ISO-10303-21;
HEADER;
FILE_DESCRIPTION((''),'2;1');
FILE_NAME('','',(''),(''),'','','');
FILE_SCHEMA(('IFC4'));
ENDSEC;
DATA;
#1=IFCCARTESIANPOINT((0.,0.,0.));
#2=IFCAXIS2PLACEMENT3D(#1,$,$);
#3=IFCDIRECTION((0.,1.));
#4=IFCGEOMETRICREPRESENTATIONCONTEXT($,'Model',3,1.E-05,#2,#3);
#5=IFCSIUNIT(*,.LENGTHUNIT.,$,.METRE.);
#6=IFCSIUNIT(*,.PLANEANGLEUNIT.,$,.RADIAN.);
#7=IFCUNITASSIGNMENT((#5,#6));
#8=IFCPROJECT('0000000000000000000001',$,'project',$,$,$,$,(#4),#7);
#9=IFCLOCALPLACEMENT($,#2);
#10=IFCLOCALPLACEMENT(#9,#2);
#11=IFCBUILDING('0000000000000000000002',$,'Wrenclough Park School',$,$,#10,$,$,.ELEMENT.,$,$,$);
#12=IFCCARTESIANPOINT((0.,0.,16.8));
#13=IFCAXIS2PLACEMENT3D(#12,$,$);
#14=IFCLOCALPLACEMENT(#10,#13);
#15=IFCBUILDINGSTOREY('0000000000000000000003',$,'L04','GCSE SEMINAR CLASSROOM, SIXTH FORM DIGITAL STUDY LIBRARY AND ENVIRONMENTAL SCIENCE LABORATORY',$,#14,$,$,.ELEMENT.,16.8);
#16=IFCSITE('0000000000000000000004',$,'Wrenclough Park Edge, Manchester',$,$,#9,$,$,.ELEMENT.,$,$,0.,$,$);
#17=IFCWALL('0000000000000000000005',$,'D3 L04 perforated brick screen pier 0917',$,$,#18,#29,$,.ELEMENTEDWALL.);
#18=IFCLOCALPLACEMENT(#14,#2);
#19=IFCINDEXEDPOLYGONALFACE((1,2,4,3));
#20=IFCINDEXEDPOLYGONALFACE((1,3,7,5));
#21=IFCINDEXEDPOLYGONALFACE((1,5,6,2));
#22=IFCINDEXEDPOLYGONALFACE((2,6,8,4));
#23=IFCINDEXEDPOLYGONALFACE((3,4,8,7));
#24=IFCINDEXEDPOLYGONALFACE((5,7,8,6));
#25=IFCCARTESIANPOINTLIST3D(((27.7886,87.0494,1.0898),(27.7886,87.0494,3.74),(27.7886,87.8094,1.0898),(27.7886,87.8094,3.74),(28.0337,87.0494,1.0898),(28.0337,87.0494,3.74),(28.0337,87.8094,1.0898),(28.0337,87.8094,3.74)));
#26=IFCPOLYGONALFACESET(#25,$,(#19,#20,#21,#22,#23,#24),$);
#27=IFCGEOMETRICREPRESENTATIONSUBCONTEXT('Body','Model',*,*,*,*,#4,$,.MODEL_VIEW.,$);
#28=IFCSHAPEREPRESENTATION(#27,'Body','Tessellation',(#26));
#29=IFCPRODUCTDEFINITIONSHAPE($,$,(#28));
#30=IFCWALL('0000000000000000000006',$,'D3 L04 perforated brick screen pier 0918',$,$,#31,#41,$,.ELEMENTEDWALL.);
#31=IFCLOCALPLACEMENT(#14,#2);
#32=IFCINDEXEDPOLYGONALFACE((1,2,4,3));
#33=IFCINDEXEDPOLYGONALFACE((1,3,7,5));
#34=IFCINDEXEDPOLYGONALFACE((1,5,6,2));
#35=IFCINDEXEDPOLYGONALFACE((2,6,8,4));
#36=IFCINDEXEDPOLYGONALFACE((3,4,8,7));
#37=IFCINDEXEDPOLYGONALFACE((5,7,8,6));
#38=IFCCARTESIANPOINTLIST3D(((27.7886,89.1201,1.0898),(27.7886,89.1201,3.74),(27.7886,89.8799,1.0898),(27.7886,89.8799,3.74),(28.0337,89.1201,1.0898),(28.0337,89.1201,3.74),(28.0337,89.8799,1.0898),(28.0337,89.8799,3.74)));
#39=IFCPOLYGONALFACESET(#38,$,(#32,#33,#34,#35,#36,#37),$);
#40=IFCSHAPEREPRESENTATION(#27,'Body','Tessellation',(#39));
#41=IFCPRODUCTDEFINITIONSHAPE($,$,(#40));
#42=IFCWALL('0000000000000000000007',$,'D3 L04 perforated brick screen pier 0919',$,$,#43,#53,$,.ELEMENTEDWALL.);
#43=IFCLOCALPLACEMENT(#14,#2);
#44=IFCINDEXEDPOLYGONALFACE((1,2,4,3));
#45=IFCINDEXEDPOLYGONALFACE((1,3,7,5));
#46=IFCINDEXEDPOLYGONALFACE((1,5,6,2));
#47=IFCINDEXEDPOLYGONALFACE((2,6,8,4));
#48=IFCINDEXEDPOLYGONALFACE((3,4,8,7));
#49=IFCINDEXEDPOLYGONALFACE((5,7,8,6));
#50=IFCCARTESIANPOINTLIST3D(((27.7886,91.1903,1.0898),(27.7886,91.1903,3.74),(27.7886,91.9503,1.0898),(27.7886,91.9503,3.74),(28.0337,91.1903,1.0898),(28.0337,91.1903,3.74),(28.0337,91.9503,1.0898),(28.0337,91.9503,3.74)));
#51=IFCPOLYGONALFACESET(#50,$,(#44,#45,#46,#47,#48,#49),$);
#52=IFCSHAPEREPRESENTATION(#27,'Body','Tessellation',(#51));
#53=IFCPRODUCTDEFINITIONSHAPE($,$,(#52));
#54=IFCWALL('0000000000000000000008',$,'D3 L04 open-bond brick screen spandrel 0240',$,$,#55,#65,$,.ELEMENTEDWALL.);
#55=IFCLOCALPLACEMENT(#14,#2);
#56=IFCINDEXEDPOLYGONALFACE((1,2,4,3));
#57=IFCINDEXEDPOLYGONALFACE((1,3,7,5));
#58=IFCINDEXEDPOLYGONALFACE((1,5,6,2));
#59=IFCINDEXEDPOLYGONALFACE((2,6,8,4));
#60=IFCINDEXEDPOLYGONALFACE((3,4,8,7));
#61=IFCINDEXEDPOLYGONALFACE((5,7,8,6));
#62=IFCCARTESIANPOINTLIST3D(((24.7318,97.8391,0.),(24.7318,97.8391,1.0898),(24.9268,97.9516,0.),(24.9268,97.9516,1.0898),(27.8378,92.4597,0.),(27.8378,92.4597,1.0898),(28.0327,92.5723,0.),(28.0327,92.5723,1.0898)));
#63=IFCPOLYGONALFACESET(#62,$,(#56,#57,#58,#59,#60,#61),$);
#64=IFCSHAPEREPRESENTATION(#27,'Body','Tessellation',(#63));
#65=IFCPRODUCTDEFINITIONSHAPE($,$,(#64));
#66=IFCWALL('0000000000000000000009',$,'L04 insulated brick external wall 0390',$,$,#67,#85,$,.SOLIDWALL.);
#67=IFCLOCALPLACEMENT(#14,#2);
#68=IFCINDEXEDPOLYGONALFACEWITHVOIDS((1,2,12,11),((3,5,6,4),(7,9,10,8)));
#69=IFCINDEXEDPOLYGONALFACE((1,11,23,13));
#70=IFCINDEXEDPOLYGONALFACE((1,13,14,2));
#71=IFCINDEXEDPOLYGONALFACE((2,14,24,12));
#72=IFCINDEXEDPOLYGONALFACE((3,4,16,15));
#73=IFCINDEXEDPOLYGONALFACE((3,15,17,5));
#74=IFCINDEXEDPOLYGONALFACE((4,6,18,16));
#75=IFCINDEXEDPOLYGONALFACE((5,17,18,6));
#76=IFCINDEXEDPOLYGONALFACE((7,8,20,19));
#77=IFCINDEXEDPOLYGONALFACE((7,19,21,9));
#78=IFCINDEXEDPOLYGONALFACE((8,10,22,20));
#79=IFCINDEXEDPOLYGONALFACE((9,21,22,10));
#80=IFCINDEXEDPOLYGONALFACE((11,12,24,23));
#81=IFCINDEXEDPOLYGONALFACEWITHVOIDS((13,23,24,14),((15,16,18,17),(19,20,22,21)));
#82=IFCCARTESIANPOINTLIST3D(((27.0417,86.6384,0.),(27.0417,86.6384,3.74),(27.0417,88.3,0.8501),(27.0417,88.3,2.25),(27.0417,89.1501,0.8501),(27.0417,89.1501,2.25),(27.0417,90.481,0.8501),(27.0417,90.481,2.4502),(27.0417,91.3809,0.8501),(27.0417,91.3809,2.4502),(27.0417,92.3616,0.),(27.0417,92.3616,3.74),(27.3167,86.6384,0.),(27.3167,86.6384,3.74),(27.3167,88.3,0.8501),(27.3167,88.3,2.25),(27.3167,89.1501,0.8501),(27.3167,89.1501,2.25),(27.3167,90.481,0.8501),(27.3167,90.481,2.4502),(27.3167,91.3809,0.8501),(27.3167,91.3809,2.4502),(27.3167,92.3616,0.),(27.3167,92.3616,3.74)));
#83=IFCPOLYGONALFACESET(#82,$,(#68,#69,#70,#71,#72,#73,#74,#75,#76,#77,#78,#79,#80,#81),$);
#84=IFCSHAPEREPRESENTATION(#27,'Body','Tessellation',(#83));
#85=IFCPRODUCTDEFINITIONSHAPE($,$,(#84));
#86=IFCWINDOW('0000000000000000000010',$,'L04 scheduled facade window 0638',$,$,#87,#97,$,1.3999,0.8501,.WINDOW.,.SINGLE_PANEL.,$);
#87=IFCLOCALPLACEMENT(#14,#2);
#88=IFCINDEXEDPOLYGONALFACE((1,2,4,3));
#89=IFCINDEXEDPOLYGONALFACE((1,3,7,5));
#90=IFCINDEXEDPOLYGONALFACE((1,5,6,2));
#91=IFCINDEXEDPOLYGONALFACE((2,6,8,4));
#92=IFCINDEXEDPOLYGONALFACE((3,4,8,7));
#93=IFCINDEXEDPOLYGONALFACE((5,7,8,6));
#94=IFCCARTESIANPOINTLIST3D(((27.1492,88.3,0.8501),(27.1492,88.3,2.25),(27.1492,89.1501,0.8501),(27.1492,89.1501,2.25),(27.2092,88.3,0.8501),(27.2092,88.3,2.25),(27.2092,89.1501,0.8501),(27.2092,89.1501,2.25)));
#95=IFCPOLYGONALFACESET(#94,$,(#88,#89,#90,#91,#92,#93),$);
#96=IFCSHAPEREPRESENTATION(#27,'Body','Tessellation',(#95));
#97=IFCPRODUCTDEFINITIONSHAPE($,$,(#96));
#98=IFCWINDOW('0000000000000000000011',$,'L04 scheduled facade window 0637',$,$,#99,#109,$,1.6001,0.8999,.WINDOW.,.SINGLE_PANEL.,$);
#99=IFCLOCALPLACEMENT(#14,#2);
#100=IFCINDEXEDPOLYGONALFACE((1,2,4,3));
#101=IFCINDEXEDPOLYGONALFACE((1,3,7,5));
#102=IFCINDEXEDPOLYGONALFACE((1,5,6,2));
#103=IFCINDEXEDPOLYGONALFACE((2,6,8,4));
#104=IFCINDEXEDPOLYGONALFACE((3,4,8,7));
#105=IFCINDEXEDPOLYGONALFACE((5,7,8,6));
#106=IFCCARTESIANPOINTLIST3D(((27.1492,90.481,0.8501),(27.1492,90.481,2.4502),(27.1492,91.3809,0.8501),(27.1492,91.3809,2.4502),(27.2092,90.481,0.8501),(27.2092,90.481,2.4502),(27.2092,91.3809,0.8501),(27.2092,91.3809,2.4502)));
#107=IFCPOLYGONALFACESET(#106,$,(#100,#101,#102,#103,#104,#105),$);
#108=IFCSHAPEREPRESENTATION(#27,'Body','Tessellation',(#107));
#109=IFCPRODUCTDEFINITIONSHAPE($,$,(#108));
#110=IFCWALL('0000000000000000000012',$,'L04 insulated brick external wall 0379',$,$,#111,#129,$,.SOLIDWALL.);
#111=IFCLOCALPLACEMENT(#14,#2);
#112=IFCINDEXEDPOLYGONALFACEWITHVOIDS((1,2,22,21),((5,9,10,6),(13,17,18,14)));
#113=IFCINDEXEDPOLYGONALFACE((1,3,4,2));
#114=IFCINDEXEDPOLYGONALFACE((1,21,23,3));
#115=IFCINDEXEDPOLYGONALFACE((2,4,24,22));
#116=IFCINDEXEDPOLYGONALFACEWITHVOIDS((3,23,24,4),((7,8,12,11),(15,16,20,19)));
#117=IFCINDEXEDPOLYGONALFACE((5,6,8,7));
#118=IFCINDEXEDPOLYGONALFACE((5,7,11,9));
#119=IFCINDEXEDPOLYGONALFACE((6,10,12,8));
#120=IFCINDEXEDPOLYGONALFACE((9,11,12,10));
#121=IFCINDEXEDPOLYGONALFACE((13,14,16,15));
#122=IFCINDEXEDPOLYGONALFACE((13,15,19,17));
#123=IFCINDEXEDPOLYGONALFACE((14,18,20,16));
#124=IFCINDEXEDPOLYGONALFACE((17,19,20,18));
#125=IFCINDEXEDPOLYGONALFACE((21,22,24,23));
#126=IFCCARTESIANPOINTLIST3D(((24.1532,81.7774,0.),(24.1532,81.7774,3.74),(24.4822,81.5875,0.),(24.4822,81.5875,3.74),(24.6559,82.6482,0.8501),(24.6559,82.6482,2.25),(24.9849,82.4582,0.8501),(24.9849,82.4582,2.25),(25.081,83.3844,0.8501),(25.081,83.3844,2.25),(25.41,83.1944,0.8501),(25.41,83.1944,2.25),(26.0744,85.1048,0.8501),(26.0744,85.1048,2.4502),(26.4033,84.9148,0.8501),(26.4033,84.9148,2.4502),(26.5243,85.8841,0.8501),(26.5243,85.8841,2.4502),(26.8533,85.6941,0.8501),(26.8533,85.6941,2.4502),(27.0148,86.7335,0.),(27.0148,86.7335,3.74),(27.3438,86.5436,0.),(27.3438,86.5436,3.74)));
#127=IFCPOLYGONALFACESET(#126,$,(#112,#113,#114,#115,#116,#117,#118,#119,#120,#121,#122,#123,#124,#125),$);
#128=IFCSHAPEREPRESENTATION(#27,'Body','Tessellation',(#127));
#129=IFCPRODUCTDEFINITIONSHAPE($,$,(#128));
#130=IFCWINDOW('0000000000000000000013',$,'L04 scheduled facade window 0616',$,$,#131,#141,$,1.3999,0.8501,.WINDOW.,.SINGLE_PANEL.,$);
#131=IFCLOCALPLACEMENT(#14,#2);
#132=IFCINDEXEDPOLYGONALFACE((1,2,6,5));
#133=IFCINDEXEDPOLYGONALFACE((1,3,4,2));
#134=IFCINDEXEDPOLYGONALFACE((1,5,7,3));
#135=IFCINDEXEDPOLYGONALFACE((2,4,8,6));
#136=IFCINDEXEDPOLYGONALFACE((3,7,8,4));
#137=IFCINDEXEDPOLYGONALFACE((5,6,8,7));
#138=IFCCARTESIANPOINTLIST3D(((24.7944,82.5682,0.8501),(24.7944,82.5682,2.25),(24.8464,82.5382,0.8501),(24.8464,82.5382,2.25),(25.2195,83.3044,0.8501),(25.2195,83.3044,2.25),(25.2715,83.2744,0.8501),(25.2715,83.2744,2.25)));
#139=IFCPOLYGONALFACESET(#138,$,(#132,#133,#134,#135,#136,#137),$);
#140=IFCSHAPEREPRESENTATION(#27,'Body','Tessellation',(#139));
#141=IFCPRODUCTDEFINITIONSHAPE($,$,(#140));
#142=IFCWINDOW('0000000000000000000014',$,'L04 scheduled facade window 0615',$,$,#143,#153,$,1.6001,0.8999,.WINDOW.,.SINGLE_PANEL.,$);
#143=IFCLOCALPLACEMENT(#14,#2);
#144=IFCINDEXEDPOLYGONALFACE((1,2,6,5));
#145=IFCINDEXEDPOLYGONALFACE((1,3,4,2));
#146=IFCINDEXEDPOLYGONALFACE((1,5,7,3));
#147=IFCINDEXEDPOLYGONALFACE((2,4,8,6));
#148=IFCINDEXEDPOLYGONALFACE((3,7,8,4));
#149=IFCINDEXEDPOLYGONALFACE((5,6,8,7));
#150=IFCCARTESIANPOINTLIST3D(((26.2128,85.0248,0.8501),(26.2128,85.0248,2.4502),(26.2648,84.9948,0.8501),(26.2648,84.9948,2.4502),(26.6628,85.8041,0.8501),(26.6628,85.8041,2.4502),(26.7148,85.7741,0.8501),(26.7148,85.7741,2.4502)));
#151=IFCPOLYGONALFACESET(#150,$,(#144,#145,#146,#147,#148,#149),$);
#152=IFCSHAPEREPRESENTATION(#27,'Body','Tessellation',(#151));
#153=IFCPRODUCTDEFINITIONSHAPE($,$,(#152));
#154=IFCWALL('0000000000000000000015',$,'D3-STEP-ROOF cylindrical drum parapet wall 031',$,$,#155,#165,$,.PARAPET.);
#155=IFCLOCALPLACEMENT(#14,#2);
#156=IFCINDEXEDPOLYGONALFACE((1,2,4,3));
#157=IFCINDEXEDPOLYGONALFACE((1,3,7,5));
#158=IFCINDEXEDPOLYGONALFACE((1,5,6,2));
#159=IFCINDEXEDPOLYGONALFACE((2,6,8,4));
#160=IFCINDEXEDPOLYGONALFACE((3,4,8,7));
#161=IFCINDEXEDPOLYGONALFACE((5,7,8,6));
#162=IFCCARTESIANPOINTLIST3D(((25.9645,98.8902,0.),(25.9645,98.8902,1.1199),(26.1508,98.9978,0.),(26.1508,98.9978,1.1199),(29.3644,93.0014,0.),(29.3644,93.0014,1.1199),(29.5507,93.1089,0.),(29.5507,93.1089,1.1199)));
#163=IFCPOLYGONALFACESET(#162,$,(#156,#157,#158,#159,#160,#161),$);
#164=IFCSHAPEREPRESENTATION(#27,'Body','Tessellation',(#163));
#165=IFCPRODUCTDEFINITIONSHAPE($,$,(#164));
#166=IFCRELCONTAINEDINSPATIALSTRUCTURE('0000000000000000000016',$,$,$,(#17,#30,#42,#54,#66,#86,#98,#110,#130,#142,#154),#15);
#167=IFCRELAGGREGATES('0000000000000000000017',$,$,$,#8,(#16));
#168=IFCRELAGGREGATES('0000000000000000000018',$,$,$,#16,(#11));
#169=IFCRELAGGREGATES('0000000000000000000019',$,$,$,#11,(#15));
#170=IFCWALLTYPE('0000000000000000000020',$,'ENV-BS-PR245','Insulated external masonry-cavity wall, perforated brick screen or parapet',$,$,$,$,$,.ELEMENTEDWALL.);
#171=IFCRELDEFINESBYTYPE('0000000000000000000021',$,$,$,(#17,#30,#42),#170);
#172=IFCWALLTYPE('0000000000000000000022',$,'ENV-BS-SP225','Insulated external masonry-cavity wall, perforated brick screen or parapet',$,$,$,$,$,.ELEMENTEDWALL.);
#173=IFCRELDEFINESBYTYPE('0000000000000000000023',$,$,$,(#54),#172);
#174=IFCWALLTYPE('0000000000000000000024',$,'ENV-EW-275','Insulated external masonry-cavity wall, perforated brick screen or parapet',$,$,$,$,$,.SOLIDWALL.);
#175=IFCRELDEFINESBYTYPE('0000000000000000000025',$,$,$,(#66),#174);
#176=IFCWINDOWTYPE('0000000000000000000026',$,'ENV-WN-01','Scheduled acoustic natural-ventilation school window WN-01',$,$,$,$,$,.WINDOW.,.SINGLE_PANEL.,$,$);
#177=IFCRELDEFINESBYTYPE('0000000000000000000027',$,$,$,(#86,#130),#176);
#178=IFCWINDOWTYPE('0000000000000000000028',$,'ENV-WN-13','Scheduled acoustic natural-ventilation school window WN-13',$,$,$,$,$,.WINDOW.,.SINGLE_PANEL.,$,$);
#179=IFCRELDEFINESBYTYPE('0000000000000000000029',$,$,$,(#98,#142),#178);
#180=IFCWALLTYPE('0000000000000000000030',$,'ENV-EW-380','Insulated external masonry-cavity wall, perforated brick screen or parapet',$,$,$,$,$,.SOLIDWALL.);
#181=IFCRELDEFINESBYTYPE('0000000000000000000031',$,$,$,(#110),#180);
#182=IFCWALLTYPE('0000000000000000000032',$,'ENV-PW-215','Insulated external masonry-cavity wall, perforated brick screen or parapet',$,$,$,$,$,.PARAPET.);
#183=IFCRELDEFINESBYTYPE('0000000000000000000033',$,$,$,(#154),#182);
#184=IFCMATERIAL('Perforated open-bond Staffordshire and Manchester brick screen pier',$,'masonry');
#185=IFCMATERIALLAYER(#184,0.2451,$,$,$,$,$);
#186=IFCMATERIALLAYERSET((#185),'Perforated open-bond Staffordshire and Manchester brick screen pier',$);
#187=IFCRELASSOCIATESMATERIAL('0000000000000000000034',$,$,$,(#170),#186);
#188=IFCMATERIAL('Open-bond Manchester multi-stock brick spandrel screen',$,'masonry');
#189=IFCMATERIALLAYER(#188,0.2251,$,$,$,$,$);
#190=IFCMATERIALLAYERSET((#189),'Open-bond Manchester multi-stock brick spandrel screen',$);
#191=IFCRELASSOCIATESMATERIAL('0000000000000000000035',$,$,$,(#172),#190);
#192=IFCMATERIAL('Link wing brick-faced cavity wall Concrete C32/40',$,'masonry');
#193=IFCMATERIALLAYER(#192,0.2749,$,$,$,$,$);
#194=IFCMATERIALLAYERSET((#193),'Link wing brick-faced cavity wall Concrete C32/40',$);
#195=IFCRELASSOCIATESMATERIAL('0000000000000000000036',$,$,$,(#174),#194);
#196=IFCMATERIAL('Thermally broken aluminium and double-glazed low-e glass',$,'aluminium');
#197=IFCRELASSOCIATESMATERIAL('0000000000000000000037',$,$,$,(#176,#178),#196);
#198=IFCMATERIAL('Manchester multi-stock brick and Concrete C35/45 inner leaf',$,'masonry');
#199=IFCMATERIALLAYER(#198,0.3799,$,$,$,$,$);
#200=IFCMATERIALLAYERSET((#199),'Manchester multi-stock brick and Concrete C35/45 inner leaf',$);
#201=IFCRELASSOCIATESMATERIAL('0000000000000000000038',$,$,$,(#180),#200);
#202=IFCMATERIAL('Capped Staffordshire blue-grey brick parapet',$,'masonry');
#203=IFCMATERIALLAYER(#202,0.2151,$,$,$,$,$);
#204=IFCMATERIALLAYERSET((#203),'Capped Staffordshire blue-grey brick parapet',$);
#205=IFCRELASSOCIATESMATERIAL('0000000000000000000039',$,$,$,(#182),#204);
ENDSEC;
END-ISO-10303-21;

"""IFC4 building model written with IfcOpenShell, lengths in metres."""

from ifc_helpers import new_model, si_unit, direction, frame, frame_2d, origin, place, context, subcontext, project, spatial, rectangle, extrude, material, layer, layer_set, type_object, element, fill, save


model = new_model("IFC4")

# Units and contexts
model_context = context("Model", 3, precision=1e-05, world=origin(), true_north=direction((0.0, 1.0)))
body_context = subcontext(model_context, "Body", "Model", "MODEL_VIEW")
ifc_project = project(units=[si_unit("LENGTHUNIT", "METRE"), si_unit("PLANEANGLEUNIT", "RADIAN")], contexts=[model_context])

# Site, building, storey
site_placement = place(None, origin())
site = spatial("IfcSite", under=ifc_project, at=site_placement, Name="Wrenclough Park Edge, Manchester", CompositionType="ELEMENT", RefElevation=0.0)
building_placement = place(site_placement, origin())
building = spatial("IfcBuilding", under=site, at=building_placement, Name="Wrenclough Park School", CompositionType="ELEMENT")
storey_placement = place(building_placement, frame((0.0, 0.0, 16.8)))
storey = spatial("IfcBuildingStorey", under=building, at=storey_placement, Name="L04", Description="GCSE SEMINAR CLASSROOM, SIXTH FORM DIGITAL STUDY LIBRARY AND ENVIRONMENTAL SCIENCE LABORATORY", CompositionType="ELEMENT", Elevation=16.8)

# Walls
ifc_material_1 = material(Name="Perforated open-bond Staffordshire and Manchester brick screen pier", Category="masonry")
ifc_layer_1 = layer(ifc_material_1, 0.2451)
ifc_layer_set_1 = layer_set([ifc_layer_1], Name="Perforated open-bond Staffordshire and Manchester brick screen pier")
wall_type_1 = type_object("IfcWallType", Name="ENV-BS-PR245", Description="Insulated external masonry-cavity wall, perforated brick screen or parapet", PredefinedType="ELEMENTEDWALL", material=ifc_layer_set_1)
for number, where, z_axis, x_axis, name in (
    (1, (27.9111, 87.0496, 1.0898), (0.0, 0.0, 1.0), (0.0, 1.0, 0.0), "D3 L04 perforated brick screen pier 0917"),
):
    element("IfcWall", number, at=place(storey_placement, frame(where, z_axis=z_axis, x_axis=x_axis)), inside=storey, type_object=wall_type_1, Name=name, PredefinedType="ELEMENTEDWALL", context=body_context, shape_type="SweptSolid", body=[
        extrude(rectangle(XDim=0.76, YDim=0.2451, at=frame_2d((0.3799, 0.0))), origin(), (0.0, 0.0, 1.0), 2.6501),
    ])
wall_1_placement = place(storey_placement, frame((27.9111, 89.1201, 1.0898), z_axis=(0.0, 0.0, 1.0), x_axis=(0.0, 1.0, 0.0)))
element("IfcWall", 2, at=wall_1_placement, inside=storey, type_object=wall_type_1, Name="D3 L04 perforated brick screen pier 0918", PredefinedType="ELEMENTEDWALL", context=body_context, shape_type="SweptSolid", body=[
    extrude(rectangle(XDim=0.7598, YDim=0.2451, at=frame_2d((0.3799, 0.0))), origin(), (0.0, 0.0, 1.0), 2.6501),
])
wall_2_placement = place(storey_placement, frame((27.9111, 91.1904, 1.0898), z_axis=(0.0, 0.0, 1.0), x_axis=(0.0, 1.0, 0.0)))
element("IfcWall", 3, at=wall_2_placement, inside=storey, type_object=wall_type_1, Name="D3 L04 perforated brick screen pier 0919", PredefinedType="ELEMENTEDWALL", context=body_context, shape_type="SweptSolid", body=[
    extrude(rectangle(XDim=0.76, YDim=0.2451, at=frame_2d((0.3799, 0.0))), origin(), (0.0, 0.0, 1.0), 2.6501),
])
ifc_material_2 = material(Name="Open-bond Manchester multi-stock brick spandrel screen", Category="masonry")
ifc_layer_2 = layer(ifc_material_2, 0.2251)
ifc_layer_set_2 = layer_set([ifc_layer_2], Name="Open-bond Manchester multi-stock brick spandrel screen")
wall_type_2 = type_object("IfcWallType", Name="ENV-BS-SP225", Description="Insulated external masonry-cavity wall, perforated brick screen or parapet", PredefinedType="ELEMENTEDWALL", material=ifc_layer_set_2)
wall_3_placement = place(storey_placement, frame((27.9353, 92.5159, 0.0), z_axis=(0.0, 0.0, 1.0), x_axis=(-0.50002, 0.866014, 0.0)))
element("IfcWall", 4, at=wall_3_placement, inside=storey, type_object=wall_type_2, Name="D3 L04 open-bond brick screen spandrel 0240", PredefinedType="ELEMENTEDWALL", context=body_context, shape_type="SweptSolid", body=[
    extrude(rectangle(XDim=6.2117, YDim=0.2251, at=frame_2d((3.106, 0.0))), origin(), (0.0, 0.0, 1.0), 1.0898),
])

# Walls, openings, windows
ifc_material_3 = material(Name="Link wing brick-faced cavity wall Concrete C32/40", Category="masonry")
ifc_layer_3 = layer(ifc_material_3, 0.2749)
ifc_layer_set_3 = layer_set([ifc_layer_3], Name="Link wing brick-faced cavity wall Concrete C32/40")
wall_type_3 = type_object("IfcWallType", Name="ENV-EW-275", Description="Insulated external masonry-cavity wall, perforated brick screen or parapet", PredefinedType="SOLIDWALL", material=ifc_layer_set_3)
wall_4_placement = place(storey_placement, frame((27.1792, 92.3616, 0.0), z_axis=(0.0, 0.0, 1.0), x_axis=(0.0, -1.0, 0.0)))
wall_4 = element("IfcWall", 5, at=wall_4_placement, inside=storey, type_object=wall_type_3, Name="L04 insulated brick external wall 0390", PredefinedType="SOLIDWALL", context=body_context, shape_type="SweptSolid", body=[
    extrude(rectangle(XDim=5.7231, YDim=0.2749, at=frame_2d((2.8616, 0.0))), origin(), (0.0, 0.0, 1.0), 3.74),
])
opening_1_placement = place(wall_4_placement, frame((0.9807, 0.0, 0.8501)))
opening_1 = element("IfcOpeningElement", 6, at=opening_1_placement, cuts=wall_4, PredefinedType="OPENING", context=body_context, shape_type="SweptSolid", body=[
    extrude(rectangle(XDim=0.8999, YDim=1.6001, at=frame_2d((0.45, 0.8))), frame((0.0, 0.1475, 0.0), z_axis=(0.0, -1.0, 0.0), x_axis=(1.0, 0.0, 0.0)), (0.0, 0.0, 1.0), 0.2949),
])
opening_2_placement = place(wall_4_placement, frame((3.2114, 0.0, 0.8501)))
opening_2 = element("IfcOpeningElement", 7, at=opening_2_placement, cuts=wall_4, PredefinedType="OPENING", context=body_context, shape_type="SweptSolid", body=[
    extrude(rectangle(XDim=0.8501, YDim=1.3999, at=frame_2d((0.425, 0.7))), frame((0.0, 0.1475, 0.0), z_axis=(0.0, -1.0, 0.0), x_axis=(1.0, 0.0, 0.0)), (0.0, 0.0, 1.0), 0.2949),
])
ifc_material_4 = material(Name="Thermally broken aluminium and double-glazed low-e glass", Category="aluminium")
window_type_1 = type_object("IfcWindowType", Name="ENV-WN-01", Description="Scheduled acoustic natural-ventilation school window WN-01", PartitioningType="SINGLE_PANEL", PredefinedType="WINDOW", material=ifc_material_4)
window_1_placement = place(opening_2_placement, origin())
window_1 = element("IfcWindow", 8, at=window_1_placement, inside=storey, type_object=window_type_1, Name="L04 scheduled facade window 0638", OverallHeight=1.3999, OverallWidth=0.8501, PartitioningType="SINGLE_PANEL", PredefinedType="WINDOW", context=body_context, shape_type="SweptSolid", body=[
    extrude(rectangle(XDim=0.8501, YDim=1.3999, at=frame_2d((0.425, 0.7))), frame((0.0, 0.03, 0.0), z_axis=(0.0, -1.0, 0.0), x_axis=(1.0, 0.0, 0.0)), (0.0, 0.0, 1.0), 0.0601),
])
fill(opening_2, window_1)
window_type_2 = type_object("IfcWindowType", Name="ENV-WN-13", Description="Scheduled acoustic natural-ventilation school window WN-13", PartitioningType="SINGLE_PANEL", PredefinedType="WINDOW", material=ifc_material_4)
window_2_placement = place(opening_1_placement, origin())
window_2 = element("IfcWindow", 9, at=window_2_placement, inside=storey, type_object=window_type_2, Name="L04 scheduled facade window 0637", OverallHeight=1.6001, OverallWidth=0.8999, PartitioningType="SINGLE_PANEL", PredefinedType="WINDOW", context=body_context, shape_type="SweptSolid", body=[
    extrude(rectangle(XDim=0.8999, YDim=1.6001, at=frame_2d((0.45, 0.8))), frame((0.0, 0.03, 0.0), z_axis=(0.0, -1.0, 0.0), x_axis=(1.0, 0.0, 0.0)), (0.0, 0.0, 1.0), 0.0601),
])
fill(opening_1, window_2)
ifc_material_5 = material(Name="Manchester multi-stock brick and Concrete C35/45 inner leaf", Category="masonry")
ifc_layer_4 = layer(ifc_material_5, 0.3799)
ifc_layer_set_4 = layer_set([ifc_layer_4], Name="Manchester multi-stock brick and Concrete C35/45 inner leaf")
wall_type_4 = type_object("IfcWallType", Name="ENV-EW-380", Description="Insulated external masonry-cavity wall, perforated brick screen or parapet", PredefinedType="SOLIDWALL", material=ifc_layer_set_4)
wall_5_placement = place(storey_placement, frame((27.1792, 86.6384, 0.0), z_axis=(0.0, 0.0, 1.0), x_axis=(-0.500025, -0.866011, 0.0)))
wall_5 = element("IfcWall", 10, at=wall_5_placement, inside=storey, type_object=wall_type_4, Name="L04 insulated brick external wall 0379", PredefinedType="SOLIDWALL", context=body_context, shape_type="SweptSolid", body=[
    extrude(rectangle(XDim=5.7229, YDim=0.3799, at=frame_2d((2.8613, 0.0))), origin(), (0.0, 0.0, 1.0), 3.74),
])
opening_3_placement = place(wall_5_placement, frame((0.9807, 0.0, 0.8501)))
opening_3 = element("IfcOpeningElement", 11, at=opening_3_placement, cuts=wall_5, PredefinedType="OPENING", context=body_context, shape_type="SweptSolid", body=[
    extrude(rectangle(XDim=0.8999, YDim=1.6001, at=frame_2d((0.45, 0.8))), frame((0.0, 0.2, 0.0), z_axis=(0.0, -1.0, 0.0), x_axis=(1.0, 0.0, 0.0)), (0.0, 0.0, 1.0), 0.3999),
])
opening_4_placement = place(wall_5_placement, frame((3.8672, 0.0, 0.8501)))
opening_4 = element("IfcOpeningElement", 12, at=opening_4_placement, cuts=wall_5, PredefinedType="OPENING", context=body_context, shape_type="SweptSolid", body=[
    extrude(rectangle(XDim=0.8501, YDim=1.3999, at=frame_2d((0.425, 0.7))), frame((0.0, 0.2, 0.0), z_axis=(0.0, -1.0, 0.0), x_axis=(1.0, 0.0, 0.0)), (0.0, 0.0, 1.0), 0.3999),
])
window_3_placement = place(opening_4_placement, origin())
window_3 = element("IfcWindow", 13, at=window_3_placement, inside=storey, type_object=window_type_1, Name="L04 scheduled facade window 0616", OverallHeight=1.3999, OverallWidth=0.8501, PartitioningType="SINGLE_PANEL", PredefinedType="WINDOW", context=body_context, shape_type="SweptSolid", body=[
    extrude(rectangle(XDim=0.8501, YDim=1.3999, at=frame_2d((0.425, 0.7))), frame((0.0, 0.03, 0.0), z_axis=(0.0, -1.0, 0.0), x_axis=(1.0, 0.0, 0.0)), (0.0, 0.0, 1.0), 0.0601),
])
fill(opening_4, window_3)
window_4_placement = place(opening_3_placement, origin())
window_4 = element("IfcWindow", 14, at=window_4_placement, inside=storey, type_object=window_type_2, Name="L04 scheduled facade window 0615", OverallHeight=1.6001, OverallWidth=0.8999, PartitioningType="SINGLE_PANEL", PredefinedType="WINDOW", context=body_context, shape_type="SweptSolid", body=[
    extrude(rectangle(XDim=0.8999, YDim=1.6001, at=frame_2d((0.45, 0.8))), frame((0.0, 0.03, 0.0), z_axis=(0.0, -1.0, 0.0), x_axis=(1.0, 0.0, 0.0)), (0.0, 0.0, 1.0), 0.0601),
])
fill(opening_3, window_4)

# Wall
ifc_material_6 = material(Name="Capped Staffordshire blue-grey brick parapet", Category="masonry")
ifc_layer_5 = layer(ifc_material_6, 0.2151)
ifc_layer_set_5 = layer_set([ifc_layer_5], Name="Capped Staffordshire blue-grey brick parapet")
wall_type_5 = type_object("IfcWallType", Name="ENV-PW-215", Description="Insulated external masonry-cavity wall, perforated brick screen or parapet", PredefinedType="PARAPET", material=ifc_layer_set_5)
wall_6_placement = place(storey_placement, frame((29.4575, 93.0552, 0.0), z_axis=(0.0, 0.0, 1.0), x_axis=(-0.499993, 0.86603, 0.0)))
element("IfcWall", 15, at=wall_6_placement, inside=storey, type_object=wall_type_5, Name="D3-STEP-ROOF cylindrical drum parapet wall 031", PredefinedType="PARAPET", context=body_context, shape_type="SweptSolid", body=[
    extrude(rectangle(XDim=6.7998, YDim=0.2151, at=frame_2d((3.3999, 0.0))), origin(), (0.0, 0.0, 1.0), 1.1199),
])

save(model, "model.ifc")
